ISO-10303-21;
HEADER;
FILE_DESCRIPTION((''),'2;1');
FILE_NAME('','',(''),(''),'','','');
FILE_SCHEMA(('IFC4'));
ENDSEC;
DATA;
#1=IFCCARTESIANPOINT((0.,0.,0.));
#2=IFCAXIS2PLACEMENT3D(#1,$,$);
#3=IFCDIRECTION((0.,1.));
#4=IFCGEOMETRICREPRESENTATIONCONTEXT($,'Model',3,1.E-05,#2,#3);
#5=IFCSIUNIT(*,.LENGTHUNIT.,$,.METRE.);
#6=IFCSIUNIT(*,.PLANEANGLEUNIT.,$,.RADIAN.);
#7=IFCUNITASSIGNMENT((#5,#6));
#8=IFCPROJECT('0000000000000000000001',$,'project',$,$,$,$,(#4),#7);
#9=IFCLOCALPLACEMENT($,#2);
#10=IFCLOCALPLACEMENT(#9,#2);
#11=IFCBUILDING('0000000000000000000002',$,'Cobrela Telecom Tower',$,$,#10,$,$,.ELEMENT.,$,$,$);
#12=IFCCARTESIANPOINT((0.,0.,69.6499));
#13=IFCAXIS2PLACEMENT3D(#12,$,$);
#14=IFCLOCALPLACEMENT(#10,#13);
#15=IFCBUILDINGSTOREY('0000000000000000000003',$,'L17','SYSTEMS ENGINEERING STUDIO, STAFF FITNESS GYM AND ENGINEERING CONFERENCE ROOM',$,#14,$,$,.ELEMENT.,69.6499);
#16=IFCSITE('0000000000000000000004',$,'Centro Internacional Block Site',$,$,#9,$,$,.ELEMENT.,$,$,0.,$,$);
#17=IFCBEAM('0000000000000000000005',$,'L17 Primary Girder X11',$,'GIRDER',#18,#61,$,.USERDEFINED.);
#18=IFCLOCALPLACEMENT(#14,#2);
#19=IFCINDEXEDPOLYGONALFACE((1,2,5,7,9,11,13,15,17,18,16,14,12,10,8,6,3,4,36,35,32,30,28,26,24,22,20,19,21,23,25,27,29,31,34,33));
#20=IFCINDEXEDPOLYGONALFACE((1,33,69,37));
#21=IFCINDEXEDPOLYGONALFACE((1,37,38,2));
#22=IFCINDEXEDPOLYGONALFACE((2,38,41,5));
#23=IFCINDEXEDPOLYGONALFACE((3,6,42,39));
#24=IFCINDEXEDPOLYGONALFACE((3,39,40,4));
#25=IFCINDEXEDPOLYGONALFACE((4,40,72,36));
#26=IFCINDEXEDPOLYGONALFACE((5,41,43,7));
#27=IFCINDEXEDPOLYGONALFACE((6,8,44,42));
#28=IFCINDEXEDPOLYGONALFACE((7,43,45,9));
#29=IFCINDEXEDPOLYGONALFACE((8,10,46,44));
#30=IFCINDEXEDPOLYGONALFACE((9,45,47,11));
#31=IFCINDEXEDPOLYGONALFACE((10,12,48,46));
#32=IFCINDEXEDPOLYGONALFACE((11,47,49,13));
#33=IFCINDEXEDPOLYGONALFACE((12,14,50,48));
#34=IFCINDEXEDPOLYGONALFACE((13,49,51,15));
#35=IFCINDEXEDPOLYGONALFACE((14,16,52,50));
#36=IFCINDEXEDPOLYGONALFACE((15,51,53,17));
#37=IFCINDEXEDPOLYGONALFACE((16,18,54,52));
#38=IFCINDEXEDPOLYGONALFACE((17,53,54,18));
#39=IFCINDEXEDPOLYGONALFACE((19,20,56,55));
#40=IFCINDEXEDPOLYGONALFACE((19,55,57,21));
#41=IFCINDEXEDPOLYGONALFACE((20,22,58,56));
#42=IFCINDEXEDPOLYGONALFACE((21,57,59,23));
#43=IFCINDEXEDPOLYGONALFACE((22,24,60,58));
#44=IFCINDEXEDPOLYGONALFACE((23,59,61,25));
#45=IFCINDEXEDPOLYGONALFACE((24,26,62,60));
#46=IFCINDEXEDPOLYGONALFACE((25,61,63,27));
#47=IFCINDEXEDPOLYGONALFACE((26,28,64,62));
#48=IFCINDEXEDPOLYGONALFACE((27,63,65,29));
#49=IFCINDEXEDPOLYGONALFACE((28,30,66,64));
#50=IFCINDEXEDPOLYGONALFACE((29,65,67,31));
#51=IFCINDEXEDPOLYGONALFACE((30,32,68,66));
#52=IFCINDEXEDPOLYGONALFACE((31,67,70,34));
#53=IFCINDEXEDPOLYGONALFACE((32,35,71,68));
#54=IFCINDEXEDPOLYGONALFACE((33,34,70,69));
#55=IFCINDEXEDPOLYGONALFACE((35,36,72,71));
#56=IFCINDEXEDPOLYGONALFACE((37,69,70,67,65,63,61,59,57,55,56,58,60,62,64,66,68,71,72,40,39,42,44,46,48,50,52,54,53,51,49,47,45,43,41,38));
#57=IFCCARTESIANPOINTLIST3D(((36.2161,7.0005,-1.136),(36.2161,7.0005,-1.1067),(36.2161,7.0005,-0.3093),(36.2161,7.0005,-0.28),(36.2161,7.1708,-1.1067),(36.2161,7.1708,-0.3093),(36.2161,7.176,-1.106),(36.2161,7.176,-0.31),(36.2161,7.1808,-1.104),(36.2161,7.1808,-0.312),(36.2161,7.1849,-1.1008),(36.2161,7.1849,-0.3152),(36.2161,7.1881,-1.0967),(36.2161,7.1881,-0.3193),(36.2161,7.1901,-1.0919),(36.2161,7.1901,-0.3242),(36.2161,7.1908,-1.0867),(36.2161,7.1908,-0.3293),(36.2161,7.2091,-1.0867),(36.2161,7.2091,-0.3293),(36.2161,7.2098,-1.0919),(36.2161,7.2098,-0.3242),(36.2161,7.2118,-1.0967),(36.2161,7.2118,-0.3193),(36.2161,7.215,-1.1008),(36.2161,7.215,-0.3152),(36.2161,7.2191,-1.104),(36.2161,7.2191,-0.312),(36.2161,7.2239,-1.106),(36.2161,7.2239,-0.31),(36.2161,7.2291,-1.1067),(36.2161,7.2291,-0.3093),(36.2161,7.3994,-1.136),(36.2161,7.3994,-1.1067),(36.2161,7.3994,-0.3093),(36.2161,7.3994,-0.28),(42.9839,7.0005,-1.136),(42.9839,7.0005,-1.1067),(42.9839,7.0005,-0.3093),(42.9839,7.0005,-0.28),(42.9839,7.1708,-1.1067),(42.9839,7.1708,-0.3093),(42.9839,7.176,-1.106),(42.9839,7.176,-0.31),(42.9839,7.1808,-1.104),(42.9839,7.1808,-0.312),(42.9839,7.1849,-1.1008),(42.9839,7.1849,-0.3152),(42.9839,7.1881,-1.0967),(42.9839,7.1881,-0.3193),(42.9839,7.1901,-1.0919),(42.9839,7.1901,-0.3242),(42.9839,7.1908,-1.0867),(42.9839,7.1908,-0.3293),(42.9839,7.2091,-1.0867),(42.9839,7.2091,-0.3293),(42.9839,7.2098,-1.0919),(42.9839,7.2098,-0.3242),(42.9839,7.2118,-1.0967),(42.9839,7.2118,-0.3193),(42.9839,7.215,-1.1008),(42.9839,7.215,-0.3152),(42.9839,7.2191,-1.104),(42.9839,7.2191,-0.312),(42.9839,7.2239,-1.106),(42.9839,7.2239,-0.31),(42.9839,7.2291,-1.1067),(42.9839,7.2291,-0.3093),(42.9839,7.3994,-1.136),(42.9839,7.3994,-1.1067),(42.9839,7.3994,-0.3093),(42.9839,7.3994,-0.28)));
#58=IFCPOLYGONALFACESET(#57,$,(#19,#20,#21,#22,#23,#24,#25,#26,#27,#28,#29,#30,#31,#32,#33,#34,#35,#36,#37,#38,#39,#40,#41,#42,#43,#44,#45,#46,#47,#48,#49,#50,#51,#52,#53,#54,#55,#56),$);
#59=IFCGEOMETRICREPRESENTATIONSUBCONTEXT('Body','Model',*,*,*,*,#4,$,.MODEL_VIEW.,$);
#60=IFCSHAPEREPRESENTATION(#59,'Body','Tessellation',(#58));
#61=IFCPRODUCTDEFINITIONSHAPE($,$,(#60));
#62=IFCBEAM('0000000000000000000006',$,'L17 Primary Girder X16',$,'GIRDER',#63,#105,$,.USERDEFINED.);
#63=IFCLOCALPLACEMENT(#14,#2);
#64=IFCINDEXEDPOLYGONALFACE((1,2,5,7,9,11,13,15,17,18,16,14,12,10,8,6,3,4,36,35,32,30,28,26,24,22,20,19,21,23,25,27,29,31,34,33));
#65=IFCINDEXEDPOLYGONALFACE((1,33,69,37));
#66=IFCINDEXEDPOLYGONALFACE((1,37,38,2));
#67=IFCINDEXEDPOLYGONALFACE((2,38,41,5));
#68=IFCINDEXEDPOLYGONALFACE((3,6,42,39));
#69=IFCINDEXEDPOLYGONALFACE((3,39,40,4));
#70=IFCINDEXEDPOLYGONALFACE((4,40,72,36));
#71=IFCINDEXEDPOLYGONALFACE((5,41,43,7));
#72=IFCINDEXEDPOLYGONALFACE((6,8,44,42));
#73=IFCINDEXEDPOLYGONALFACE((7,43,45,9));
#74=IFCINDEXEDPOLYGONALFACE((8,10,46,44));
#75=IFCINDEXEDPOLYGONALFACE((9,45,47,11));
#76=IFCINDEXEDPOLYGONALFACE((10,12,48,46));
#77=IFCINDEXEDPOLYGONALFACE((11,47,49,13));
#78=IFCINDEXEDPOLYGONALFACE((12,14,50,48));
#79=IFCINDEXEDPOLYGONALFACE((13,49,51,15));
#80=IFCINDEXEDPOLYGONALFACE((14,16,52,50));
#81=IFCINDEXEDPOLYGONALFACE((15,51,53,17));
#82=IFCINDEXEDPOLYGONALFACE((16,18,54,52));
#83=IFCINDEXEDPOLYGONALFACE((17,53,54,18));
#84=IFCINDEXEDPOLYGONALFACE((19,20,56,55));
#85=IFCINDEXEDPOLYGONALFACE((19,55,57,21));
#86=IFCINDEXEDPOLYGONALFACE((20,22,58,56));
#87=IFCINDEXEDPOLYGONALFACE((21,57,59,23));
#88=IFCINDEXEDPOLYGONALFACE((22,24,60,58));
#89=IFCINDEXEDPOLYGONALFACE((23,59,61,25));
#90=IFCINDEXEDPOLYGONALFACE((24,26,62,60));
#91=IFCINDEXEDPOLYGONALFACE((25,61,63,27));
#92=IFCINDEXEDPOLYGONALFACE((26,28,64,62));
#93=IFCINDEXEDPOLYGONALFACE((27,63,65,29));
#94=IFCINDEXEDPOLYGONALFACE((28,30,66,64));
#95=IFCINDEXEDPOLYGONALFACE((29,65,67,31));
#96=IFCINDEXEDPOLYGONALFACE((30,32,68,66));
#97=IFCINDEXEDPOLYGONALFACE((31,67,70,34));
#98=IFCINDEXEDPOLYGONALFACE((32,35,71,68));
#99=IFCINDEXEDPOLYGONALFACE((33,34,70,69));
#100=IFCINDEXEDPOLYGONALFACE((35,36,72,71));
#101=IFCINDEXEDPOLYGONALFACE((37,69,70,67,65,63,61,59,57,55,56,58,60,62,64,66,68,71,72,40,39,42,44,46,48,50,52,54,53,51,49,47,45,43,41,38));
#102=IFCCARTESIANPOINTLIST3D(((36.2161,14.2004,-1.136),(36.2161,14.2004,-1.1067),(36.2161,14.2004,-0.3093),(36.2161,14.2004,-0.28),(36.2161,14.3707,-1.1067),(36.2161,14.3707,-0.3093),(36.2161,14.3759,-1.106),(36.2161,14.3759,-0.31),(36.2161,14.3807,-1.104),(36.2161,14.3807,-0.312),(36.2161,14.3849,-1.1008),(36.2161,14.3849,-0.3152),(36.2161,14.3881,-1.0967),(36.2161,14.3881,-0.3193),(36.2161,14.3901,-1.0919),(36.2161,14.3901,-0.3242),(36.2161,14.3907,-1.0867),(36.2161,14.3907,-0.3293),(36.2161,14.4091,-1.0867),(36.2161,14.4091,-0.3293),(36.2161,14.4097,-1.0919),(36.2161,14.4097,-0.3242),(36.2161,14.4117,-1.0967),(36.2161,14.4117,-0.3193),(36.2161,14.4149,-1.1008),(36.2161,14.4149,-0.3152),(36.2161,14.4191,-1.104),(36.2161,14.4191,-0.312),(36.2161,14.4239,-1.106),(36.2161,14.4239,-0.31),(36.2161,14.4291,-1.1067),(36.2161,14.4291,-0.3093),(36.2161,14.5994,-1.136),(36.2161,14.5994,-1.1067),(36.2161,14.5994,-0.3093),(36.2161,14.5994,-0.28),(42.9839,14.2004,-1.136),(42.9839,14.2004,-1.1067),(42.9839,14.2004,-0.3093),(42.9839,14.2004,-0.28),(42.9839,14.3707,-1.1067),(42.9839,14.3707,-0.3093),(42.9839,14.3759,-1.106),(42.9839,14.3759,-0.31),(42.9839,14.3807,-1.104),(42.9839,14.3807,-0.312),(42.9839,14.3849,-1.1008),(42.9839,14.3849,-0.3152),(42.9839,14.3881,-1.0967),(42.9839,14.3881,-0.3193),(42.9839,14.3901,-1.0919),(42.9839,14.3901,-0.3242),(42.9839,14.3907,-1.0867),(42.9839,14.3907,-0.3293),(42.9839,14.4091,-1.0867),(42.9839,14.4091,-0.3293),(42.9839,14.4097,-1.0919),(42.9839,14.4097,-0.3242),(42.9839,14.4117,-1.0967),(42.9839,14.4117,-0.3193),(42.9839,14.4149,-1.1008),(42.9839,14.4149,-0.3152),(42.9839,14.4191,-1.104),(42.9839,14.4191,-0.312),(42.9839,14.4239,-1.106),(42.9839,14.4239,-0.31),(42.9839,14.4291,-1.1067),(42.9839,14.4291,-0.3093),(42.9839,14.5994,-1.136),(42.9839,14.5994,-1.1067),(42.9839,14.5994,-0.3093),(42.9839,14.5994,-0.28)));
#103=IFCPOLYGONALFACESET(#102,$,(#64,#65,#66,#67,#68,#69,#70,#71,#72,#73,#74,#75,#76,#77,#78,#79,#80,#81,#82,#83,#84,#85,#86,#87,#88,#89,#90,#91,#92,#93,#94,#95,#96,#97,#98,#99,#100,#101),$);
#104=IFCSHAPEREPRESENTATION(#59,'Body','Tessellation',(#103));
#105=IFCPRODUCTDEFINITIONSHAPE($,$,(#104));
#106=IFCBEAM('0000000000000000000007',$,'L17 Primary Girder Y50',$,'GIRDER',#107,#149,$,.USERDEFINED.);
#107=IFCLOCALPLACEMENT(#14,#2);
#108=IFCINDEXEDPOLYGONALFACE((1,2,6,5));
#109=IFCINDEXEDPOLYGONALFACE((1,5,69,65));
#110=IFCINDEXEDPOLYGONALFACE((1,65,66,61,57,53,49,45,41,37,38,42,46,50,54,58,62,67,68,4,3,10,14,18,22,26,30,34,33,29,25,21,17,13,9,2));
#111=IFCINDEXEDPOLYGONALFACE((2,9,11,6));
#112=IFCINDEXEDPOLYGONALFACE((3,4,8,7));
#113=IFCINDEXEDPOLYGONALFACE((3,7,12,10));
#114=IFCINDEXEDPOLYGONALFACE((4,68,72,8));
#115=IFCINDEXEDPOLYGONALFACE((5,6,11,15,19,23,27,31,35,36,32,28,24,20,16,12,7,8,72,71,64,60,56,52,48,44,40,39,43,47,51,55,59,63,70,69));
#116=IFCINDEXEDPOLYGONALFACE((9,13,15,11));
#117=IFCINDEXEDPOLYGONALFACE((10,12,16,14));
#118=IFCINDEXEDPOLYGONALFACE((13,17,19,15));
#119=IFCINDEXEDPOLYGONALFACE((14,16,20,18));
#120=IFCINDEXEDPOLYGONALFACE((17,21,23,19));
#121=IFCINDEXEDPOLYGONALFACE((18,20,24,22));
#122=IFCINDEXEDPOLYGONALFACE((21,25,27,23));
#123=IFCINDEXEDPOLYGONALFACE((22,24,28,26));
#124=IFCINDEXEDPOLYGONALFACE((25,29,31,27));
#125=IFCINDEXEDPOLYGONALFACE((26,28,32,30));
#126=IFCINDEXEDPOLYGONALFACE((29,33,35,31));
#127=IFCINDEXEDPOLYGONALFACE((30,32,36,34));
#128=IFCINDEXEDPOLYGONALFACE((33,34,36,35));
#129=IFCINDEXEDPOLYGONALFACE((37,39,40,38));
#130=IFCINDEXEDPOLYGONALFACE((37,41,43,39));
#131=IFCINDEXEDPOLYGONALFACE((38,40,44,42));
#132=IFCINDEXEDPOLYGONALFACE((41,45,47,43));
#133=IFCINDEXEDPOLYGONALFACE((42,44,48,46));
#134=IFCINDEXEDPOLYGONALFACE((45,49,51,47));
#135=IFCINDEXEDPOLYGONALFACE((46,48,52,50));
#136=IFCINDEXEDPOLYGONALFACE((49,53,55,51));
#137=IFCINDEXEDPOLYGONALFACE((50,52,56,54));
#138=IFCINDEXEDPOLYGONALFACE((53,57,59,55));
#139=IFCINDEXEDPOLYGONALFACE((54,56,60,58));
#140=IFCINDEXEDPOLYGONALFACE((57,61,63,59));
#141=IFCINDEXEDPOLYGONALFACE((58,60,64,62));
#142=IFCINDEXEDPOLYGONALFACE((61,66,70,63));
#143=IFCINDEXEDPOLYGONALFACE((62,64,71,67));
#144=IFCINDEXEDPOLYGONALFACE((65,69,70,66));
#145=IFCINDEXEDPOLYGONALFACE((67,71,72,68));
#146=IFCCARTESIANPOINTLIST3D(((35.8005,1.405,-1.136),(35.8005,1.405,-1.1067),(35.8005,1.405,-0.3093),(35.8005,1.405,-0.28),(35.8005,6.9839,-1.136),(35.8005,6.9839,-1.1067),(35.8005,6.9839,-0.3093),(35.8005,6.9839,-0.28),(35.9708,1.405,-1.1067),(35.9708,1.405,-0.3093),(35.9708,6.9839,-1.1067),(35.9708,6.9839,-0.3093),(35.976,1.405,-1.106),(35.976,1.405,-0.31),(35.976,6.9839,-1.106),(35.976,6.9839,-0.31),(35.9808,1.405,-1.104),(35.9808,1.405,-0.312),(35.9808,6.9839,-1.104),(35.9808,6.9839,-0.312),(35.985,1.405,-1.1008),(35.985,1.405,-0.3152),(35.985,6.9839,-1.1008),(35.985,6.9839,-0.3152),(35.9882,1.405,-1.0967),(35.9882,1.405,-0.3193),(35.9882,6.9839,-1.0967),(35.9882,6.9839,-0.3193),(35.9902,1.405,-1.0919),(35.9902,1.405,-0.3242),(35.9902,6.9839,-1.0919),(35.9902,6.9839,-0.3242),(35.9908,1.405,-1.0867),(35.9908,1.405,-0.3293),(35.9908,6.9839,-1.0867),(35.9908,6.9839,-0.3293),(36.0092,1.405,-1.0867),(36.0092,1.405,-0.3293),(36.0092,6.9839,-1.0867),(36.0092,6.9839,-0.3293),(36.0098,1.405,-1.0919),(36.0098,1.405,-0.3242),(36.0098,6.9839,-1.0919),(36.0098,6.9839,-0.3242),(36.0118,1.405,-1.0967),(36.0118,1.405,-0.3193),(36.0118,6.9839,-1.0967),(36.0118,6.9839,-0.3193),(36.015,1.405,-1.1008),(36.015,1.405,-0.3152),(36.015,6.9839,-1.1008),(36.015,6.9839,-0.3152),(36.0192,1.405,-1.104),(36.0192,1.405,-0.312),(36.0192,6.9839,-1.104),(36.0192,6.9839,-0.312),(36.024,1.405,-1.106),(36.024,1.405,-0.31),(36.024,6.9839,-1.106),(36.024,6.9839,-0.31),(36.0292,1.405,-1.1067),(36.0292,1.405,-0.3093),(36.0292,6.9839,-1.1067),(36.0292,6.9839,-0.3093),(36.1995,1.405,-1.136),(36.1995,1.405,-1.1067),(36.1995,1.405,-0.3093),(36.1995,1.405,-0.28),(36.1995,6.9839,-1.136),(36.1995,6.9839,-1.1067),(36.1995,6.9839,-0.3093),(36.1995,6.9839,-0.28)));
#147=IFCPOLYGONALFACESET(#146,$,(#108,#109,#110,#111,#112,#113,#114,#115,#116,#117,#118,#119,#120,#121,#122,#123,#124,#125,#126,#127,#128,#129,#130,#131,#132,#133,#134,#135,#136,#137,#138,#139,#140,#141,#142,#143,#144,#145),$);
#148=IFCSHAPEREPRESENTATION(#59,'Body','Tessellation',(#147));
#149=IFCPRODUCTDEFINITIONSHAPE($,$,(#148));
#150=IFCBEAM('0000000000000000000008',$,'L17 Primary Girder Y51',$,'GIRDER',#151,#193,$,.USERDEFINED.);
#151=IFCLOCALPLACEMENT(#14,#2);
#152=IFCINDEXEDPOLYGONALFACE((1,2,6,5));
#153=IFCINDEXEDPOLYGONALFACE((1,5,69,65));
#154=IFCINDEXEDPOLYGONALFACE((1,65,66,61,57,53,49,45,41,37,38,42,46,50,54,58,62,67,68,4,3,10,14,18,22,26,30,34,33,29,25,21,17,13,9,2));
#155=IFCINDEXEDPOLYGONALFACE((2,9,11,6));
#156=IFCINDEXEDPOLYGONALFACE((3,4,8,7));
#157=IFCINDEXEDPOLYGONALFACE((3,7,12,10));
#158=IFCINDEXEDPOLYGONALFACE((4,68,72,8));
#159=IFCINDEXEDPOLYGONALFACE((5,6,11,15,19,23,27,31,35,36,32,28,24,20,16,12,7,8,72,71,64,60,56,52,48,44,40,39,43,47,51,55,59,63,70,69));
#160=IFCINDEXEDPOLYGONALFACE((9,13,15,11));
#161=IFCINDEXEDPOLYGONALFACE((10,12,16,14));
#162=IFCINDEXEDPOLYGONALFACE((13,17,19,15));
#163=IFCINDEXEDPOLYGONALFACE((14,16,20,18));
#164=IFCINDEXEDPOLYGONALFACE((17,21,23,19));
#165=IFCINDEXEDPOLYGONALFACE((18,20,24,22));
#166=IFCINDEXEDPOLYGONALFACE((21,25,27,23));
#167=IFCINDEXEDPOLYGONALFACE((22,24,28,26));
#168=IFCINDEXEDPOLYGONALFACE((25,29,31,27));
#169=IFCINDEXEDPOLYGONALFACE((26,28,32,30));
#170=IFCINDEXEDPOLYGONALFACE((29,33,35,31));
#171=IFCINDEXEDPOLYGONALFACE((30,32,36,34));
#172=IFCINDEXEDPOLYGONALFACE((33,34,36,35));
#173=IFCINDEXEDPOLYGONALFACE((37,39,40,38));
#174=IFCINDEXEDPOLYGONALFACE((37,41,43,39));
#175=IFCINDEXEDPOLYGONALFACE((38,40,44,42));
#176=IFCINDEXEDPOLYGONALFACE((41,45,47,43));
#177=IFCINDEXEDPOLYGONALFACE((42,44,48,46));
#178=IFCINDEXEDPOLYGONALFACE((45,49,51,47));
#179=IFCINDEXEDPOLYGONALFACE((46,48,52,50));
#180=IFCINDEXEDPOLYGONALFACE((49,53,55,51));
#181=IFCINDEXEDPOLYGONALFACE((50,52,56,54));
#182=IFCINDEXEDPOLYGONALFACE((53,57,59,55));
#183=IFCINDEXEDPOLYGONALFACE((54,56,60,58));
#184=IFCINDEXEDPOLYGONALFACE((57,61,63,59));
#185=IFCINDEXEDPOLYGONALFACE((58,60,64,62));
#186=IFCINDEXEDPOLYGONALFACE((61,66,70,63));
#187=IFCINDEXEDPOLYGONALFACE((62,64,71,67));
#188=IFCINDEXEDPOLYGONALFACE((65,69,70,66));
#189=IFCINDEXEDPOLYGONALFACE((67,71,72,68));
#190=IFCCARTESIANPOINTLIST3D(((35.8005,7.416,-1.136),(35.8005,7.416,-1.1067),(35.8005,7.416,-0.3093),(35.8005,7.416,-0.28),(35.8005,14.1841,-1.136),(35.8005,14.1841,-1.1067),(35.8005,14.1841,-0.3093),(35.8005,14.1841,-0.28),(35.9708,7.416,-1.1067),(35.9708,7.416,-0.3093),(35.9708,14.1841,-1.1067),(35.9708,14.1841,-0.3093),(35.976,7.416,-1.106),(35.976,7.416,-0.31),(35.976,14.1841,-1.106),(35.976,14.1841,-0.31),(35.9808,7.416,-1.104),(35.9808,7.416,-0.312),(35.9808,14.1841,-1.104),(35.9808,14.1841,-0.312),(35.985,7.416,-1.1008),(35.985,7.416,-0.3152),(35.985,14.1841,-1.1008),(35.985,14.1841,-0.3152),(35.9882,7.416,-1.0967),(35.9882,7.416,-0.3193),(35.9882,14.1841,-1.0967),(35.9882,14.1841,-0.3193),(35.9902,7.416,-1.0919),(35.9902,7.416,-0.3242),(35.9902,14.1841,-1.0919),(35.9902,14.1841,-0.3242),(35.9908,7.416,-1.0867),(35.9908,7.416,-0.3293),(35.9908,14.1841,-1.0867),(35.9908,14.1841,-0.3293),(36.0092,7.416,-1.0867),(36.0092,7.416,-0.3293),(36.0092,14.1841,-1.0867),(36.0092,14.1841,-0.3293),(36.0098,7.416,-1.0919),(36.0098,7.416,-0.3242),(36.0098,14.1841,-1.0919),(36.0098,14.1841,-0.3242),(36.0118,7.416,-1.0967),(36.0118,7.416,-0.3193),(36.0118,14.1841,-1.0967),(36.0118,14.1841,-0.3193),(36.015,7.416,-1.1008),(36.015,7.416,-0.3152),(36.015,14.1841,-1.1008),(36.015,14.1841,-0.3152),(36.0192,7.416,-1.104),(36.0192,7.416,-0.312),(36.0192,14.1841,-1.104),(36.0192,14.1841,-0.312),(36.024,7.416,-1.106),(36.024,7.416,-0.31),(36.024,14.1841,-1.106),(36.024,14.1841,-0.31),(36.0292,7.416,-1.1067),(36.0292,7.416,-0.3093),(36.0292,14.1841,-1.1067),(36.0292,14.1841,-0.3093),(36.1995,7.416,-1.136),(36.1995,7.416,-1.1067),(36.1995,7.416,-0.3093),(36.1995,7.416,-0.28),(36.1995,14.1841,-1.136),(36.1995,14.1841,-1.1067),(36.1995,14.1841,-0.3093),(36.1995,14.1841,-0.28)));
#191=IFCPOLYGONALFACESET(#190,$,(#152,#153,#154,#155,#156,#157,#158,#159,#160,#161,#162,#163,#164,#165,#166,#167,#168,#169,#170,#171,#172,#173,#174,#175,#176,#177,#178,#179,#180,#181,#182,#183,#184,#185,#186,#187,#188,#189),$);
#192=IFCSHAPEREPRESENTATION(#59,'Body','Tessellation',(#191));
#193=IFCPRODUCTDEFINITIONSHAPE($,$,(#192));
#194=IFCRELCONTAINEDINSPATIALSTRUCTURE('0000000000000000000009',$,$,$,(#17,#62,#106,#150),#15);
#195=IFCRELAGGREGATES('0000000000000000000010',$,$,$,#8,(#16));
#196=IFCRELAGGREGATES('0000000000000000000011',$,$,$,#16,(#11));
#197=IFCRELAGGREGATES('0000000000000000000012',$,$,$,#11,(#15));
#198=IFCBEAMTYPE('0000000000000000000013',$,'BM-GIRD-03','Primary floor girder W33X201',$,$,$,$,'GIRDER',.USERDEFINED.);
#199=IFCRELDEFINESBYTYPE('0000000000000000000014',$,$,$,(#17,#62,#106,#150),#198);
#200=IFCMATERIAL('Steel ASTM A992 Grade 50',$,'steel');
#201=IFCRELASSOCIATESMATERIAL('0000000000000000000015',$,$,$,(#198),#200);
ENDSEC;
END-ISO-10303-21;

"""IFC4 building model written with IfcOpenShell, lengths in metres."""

from ifc_helpers import new_model, si_unit, direction, frame, origin, origin_2d, place, context, subcontext, project, spatial, i_section, extrude, material, material_profile, profile_set, type_object, element, save


model = new_model("IFC4")

# Units and contexts
model_context = context("Model", 3, precision=1e-05, world=origin(), true_north=direction((0.0, 1.0)))
body_context = subcontext(model_context, "Body", "Model", "MODEL_VIEW")
ifc_project = project(units=[si_unit("LENGTHUNIT", "METRE"), si_unit("PLANEANGLEUNIT", "RADIAN")], contexts=[model_context])

# Site, building, storey
site_placement = place(None, origin())
site = spatial("IfcSite", under=ifc_project, at=site_placement, Name="Centro Internacional Block Site", CompositionType="ELEMENT", RefElevation=0.0)
building_placement = place(site_placement, origin())
building = spatial("IfcBuilding", under=site, at=building_placement, Name="Cobrela Telecom Tower", CompositionType="ELEMENT")
storey_placement = place(building_placement, frame((0.0, 0.0, 69.6499)))
storey = spatial("IfcBuildingStorey", under=building, at=storey_placement, Name="L17", Description="SYSTEMS ENGINEERING STUDIO, STAFF FITNESS GYM AND ENGINEERING CONFERENCE ROOM", CompositionType="ELEMENT", Elevation=69.6499)

# Shared definitions
ifc_material_1 = material(Name="Steel ASTM A992 Grade 50", Category="steel")

# Beams
ifc_material_profile_1 = material_profile(ifc_material_1, i_section(OverallWidth=0.3989, OverallDepth=0.856, WebThickness=0.0183, FlangeThickness=0.0293, FilletRadius=0.02, at=origin_2d()), Name="W33X201")
ifc_profile_set_1 = profile_set([ifc_material_profile_1], Name="Steel ASTM A992 Grade 50")
beam_type_1 = type_object("IfcBeamType", Name="BM-GIRD-03", Description="Primary floor girder W33X201", ElementType="GIRDER", PredefinedType="USERDEFINED", material=ifc_profile_set_1)
for number, where, z_axis, x_axis, name in (
    (1, (36.2161, 7.2, -0.708), (1.0, 0.0, 0.0), (0.0, 1.0, 0.0), "L17 Primary Girder X11"),
    (2, (36.2161, 14.3999, -0.708), (1.0, 0.0, 0.0), (0.0, 1.0, 0.0), "L17 Primary Girder X16"),
):
    element("IfcBeam", number, at=place(storey_placement, frame(where, z_axis=z_axis, x_axis=x_axis)), inside=storey, type_object=beam_type_1, Name=name, ObjectType="GIRDER", PredefinedType="USERDEFINED", context=body_context, shape_type="SweptSolid", body=[
        extrude(i_section(OverallWidth=0.3989, OverallDepth=0.856, WebThickness=0.0183, FlangeThickness=0.0293, FilletRadius=0.02, at=origin_2d()), origin(), (0.0, 0.0, 1.0), 6.7678),
    ])
beam_1_placement = place(storey_placement, frame((36.0, 1.405, -0.708), z_axis=(0.0, 1.0, 0.0), x_axis=(-1.0, 0.0, 0.0)))
element("IfcBeam", 3, at=beam_1_placement, inside=storey, type_object=beam_type_1, Name="L17 Primary Girder Y50", ObjectType="GIRDER", PredefinedType="USERDEFINED", context=body_context, shape_type="SweptSolid", body=[
    extrude(i_section(OverallWidth=0.3989, OverallDepth=0.856, WebThickness=0.0183, FlangeThickness=0.0293, FilletRadius=0.02, at=origin_2d()), origin(), (0.0, 0.0, 1.0), 5.5789),
])
beam_2_placement = place(storey_placement, frame((36.0, 7.416, -0.708), z_axis=(0.0, 1.0, 0.0), x_axis=(-1.0, 0.0, 0.0)))
element("IfcBeam", 4, at=beam_2_placement, inside=storey, type_object=beam_type_1, Name="L17 Primary Girder Y51", ObjectType="GIRDER", PredefinedType="USERDEFINED", context=body_context, shape_type="SweptSolid", body=[
    extrude(i_section(OverallWidth=0.3989, OverallDepth=0.856, WebThickness=0.0183, FlangeThickness=0.0293, FilletRadius=0.02, at=origin_2d()), origin(), (0.0, 0.0, 1.0), 6.7681),
])

save(model, "model.ifc")
